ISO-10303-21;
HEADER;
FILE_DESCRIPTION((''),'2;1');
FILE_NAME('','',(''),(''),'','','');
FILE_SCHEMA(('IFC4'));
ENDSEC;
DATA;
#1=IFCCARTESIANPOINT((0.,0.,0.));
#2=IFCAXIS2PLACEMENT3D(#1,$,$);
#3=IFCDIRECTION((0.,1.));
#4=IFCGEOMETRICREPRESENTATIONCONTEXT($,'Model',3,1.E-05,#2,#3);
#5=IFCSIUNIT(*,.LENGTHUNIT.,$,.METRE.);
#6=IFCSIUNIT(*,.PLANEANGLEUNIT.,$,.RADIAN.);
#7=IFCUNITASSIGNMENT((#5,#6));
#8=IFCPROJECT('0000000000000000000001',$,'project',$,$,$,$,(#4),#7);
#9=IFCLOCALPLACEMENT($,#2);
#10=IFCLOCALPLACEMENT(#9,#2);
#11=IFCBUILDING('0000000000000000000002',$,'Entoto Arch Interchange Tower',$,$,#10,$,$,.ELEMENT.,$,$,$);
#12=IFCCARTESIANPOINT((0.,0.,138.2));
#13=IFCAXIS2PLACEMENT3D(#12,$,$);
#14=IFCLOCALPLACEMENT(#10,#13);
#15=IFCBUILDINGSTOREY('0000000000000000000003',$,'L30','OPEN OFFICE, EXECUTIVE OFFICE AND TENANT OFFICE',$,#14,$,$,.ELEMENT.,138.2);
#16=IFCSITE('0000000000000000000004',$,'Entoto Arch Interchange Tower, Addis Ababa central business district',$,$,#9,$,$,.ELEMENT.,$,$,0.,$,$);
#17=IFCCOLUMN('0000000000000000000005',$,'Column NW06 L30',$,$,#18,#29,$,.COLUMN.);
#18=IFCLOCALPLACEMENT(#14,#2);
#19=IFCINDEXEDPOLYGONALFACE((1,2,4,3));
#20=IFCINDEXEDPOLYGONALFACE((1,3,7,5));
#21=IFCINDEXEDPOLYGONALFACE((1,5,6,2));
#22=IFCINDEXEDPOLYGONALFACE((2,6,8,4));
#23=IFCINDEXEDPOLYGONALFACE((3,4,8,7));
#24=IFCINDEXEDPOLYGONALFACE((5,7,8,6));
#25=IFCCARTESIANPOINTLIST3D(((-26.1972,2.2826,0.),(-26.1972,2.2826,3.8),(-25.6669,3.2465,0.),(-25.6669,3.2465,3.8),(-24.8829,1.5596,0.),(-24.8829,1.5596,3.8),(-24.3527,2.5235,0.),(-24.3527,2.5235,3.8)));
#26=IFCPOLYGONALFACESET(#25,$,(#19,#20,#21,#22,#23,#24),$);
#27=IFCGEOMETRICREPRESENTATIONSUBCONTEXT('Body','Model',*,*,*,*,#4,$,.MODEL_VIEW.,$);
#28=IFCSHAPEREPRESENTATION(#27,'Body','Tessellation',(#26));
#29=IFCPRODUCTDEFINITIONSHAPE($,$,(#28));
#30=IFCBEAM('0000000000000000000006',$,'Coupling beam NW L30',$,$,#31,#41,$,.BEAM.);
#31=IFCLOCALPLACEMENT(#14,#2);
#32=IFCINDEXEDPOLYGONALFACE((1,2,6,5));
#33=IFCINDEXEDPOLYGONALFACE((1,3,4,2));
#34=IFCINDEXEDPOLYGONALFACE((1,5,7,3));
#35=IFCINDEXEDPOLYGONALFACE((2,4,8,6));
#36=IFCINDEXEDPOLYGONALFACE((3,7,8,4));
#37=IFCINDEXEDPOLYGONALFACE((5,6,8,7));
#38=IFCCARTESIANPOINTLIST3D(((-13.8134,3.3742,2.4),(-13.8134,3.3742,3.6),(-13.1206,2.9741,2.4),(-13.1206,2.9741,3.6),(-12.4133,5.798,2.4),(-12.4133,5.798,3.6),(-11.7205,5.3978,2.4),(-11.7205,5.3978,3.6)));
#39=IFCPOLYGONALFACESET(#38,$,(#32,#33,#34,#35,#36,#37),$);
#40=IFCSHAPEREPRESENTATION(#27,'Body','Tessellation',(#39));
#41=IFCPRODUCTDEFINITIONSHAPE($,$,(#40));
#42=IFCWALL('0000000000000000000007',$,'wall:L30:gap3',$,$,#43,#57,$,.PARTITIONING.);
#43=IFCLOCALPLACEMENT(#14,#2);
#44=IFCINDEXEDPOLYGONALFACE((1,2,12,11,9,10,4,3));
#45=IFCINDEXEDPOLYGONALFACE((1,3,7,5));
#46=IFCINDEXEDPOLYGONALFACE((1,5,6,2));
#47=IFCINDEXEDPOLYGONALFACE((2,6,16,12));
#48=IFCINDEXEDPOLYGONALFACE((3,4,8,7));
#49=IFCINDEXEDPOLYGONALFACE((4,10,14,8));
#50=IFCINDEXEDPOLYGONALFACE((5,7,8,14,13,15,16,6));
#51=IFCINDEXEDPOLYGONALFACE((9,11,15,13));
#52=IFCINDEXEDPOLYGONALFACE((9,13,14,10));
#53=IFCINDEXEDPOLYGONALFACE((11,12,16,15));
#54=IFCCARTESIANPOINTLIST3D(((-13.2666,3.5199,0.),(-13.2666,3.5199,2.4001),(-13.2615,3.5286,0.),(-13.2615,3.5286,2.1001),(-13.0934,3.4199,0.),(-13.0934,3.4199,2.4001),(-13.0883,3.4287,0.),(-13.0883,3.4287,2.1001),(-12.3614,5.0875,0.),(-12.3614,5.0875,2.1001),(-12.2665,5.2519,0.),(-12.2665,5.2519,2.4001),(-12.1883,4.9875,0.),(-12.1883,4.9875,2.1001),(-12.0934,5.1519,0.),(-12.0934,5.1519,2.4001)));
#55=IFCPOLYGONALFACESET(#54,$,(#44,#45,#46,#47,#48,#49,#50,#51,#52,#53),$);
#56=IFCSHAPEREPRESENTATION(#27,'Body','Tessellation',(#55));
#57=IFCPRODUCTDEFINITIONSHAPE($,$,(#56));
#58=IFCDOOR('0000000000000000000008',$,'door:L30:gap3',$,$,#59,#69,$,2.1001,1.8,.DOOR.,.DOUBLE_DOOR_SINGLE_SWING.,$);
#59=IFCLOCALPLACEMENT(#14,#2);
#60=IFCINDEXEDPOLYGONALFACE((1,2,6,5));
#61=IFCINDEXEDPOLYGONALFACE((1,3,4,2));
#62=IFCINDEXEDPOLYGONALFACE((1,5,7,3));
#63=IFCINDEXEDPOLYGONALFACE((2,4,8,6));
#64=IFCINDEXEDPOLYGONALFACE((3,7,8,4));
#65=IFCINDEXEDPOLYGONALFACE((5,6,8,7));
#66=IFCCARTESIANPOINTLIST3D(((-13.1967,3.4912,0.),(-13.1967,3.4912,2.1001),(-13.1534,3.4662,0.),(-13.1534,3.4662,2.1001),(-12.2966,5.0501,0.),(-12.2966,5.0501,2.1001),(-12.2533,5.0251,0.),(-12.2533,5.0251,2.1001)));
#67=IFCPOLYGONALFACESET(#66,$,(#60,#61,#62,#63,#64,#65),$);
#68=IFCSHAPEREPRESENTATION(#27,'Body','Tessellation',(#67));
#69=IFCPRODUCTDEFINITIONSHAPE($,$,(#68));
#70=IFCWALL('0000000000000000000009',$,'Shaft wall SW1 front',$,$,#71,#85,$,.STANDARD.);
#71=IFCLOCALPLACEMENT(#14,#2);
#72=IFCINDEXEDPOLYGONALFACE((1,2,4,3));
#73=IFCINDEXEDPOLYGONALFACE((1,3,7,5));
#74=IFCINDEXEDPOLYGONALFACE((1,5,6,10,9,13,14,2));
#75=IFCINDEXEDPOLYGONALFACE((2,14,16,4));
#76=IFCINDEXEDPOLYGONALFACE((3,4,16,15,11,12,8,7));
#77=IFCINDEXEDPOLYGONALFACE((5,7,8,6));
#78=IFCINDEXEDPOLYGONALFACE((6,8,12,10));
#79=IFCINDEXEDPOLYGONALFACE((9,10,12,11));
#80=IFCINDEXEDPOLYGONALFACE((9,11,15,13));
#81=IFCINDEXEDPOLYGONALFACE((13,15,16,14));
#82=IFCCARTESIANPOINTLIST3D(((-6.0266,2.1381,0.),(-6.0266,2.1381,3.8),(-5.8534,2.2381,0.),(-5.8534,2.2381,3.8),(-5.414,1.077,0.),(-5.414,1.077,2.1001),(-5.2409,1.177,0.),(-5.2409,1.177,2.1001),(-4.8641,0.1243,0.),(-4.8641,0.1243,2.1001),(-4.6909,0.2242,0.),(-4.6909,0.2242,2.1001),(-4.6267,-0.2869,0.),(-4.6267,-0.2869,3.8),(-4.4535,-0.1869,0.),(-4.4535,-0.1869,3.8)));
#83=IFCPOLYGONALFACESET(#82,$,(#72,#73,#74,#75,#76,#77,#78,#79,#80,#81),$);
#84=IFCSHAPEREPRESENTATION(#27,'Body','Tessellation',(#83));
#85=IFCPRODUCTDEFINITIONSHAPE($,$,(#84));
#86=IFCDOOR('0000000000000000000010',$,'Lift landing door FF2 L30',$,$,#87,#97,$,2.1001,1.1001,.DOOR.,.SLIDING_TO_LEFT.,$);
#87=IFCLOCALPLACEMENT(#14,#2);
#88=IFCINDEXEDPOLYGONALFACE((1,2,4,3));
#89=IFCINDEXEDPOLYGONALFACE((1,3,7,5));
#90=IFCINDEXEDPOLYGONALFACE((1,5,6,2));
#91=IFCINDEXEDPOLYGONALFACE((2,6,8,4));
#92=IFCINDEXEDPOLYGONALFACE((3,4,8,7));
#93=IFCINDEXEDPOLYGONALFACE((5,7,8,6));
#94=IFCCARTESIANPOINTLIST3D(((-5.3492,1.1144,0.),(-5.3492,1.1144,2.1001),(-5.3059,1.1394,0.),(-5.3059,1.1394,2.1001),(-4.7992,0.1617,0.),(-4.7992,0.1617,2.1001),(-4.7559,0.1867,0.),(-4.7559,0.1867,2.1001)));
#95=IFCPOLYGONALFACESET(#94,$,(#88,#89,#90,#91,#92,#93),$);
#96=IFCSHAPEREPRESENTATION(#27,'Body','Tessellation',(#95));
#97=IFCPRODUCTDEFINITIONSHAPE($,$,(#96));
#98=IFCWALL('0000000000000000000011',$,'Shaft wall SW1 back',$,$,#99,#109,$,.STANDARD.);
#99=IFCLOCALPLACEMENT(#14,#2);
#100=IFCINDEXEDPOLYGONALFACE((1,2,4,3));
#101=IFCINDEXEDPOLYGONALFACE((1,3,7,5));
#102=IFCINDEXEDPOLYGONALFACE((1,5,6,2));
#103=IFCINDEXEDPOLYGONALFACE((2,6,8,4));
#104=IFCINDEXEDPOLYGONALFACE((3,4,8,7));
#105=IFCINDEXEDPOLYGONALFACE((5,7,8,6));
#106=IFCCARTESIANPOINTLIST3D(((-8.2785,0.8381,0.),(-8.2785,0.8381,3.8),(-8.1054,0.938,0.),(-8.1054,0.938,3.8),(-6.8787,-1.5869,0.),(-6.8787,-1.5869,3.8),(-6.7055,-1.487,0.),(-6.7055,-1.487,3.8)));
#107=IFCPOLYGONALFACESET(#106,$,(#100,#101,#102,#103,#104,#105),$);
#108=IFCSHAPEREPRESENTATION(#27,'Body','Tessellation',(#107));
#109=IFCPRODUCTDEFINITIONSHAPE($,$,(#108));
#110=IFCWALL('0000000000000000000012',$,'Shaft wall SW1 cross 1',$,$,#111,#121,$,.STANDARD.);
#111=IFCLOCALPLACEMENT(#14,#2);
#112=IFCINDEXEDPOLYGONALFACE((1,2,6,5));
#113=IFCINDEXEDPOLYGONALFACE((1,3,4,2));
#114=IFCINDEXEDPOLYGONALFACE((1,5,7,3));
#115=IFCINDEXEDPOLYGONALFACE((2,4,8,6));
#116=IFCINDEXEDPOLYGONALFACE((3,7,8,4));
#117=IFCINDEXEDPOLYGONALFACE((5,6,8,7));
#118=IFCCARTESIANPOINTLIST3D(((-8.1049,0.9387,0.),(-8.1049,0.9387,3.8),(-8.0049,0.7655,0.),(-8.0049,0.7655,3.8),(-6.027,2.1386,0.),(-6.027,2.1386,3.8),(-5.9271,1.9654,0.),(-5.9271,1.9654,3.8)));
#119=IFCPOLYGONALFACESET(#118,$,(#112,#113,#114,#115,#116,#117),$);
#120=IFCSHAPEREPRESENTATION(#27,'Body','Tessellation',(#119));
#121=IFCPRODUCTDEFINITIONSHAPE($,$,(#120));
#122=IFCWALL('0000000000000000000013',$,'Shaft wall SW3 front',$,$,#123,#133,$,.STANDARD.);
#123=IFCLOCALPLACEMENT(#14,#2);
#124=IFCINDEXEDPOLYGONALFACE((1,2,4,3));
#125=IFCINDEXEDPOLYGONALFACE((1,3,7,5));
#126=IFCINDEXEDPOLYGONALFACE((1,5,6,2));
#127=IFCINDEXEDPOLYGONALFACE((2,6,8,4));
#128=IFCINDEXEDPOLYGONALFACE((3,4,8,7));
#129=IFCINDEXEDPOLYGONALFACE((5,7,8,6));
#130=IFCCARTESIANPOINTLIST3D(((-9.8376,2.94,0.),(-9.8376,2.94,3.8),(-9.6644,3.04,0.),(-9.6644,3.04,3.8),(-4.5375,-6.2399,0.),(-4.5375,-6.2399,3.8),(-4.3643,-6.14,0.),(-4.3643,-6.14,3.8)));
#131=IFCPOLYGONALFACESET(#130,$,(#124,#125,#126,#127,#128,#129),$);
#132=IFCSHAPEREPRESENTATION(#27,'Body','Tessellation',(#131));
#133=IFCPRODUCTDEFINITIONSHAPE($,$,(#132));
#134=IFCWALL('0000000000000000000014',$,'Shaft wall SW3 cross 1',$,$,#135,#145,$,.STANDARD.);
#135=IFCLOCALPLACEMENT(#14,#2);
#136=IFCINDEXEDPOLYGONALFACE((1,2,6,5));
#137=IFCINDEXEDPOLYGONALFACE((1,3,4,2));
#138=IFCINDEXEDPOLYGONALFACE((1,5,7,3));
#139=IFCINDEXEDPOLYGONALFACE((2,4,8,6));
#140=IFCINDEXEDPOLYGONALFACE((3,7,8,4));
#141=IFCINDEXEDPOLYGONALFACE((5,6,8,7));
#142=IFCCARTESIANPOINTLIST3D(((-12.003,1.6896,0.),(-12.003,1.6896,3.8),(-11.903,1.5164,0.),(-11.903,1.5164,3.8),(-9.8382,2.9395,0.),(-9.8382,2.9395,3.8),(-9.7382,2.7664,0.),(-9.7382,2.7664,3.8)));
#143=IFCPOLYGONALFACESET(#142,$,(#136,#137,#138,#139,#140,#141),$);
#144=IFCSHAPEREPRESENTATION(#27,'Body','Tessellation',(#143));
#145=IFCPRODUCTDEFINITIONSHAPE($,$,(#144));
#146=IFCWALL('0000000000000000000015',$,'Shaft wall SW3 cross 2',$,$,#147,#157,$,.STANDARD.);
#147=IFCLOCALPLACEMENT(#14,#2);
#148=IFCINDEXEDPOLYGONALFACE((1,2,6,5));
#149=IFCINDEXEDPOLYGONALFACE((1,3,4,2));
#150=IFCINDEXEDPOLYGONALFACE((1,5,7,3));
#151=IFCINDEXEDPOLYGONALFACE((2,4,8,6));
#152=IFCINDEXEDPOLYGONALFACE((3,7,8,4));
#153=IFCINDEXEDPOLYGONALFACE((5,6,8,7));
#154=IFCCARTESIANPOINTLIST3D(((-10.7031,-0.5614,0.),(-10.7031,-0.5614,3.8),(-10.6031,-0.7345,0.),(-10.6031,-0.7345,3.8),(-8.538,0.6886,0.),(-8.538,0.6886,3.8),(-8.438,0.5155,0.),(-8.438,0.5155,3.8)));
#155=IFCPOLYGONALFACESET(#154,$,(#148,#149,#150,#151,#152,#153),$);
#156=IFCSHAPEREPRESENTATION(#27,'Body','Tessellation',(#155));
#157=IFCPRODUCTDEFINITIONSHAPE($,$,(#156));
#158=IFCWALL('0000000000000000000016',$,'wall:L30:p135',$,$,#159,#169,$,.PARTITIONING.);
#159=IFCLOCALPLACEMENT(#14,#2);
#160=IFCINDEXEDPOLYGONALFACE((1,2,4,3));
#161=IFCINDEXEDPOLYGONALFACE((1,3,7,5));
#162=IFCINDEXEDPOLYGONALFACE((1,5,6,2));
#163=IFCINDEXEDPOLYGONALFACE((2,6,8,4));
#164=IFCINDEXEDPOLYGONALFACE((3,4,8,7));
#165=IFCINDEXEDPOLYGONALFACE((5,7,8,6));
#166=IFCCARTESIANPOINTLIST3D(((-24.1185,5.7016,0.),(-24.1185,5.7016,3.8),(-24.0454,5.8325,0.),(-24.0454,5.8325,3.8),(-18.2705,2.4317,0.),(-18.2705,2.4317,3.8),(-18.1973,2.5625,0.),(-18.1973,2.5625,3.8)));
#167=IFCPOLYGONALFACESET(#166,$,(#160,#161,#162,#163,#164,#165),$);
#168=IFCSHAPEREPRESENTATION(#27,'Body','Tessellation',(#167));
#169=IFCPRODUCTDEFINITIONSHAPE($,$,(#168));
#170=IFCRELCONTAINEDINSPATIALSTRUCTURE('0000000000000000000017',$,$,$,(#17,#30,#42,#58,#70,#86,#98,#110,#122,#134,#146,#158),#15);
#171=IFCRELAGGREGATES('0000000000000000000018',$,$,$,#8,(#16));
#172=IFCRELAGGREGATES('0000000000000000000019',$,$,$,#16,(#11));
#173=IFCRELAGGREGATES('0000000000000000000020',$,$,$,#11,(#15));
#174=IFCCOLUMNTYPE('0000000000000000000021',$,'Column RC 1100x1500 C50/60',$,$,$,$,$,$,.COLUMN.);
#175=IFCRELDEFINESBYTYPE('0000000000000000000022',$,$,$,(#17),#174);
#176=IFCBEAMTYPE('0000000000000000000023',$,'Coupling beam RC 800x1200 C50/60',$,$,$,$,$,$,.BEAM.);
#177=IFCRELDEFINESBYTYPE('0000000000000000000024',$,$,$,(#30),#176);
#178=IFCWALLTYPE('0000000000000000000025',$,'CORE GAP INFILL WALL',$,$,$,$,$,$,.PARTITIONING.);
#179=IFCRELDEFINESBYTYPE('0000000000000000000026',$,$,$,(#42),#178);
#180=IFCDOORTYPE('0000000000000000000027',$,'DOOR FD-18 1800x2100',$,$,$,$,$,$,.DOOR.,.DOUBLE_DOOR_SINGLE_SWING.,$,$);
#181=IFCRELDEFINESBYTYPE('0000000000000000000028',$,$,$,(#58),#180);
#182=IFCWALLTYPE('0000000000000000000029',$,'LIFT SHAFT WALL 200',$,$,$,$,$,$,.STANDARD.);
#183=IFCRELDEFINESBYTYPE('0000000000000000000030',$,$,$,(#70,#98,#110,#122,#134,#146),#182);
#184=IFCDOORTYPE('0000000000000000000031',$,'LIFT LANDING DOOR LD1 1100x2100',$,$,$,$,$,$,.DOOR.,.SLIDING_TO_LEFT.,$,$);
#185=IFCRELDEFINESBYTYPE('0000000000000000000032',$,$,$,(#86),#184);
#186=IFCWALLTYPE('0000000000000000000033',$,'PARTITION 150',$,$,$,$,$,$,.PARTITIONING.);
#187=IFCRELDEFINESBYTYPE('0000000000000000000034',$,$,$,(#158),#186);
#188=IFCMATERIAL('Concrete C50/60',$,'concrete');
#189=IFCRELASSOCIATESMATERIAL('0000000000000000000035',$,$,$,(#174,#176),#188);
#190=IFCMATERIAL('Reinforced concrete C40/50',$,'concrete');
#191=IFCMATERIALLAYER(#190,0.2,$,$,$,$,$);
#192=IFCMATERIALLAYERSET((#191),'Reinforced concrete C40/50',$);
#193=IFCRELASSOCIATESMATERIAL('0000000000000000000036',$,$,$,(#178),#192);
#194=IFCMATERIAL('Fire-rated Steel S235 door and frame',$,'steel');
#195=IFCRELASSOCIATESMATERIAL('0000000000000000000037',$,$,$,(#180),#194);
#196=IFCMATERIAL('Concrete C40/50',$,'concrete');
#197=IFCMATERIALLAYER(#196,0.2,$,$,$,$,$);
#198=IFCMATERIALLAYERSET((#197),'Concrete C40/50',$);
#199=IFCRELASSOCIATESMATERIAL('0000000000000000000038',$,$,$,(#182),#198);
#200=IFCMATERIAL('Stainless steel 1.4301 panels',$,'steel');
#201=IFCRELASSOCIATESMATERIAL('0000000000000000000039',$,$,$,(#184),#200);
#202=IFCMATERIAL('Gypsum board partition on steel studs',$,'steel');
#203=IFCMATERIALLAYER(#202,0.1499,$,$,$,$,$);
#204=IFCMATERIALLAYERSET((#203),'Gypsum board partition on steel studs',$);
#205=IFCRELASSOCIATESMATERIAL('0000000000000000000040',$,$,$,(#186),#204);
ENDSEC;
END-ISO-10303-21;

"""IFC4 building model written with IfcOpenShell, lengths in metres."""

from ifc_helpers import new_model, si_unit, direction, frame, frame_2d, origin, origin_2d, place, context, subcontext, project, spatial, rectangle, extrude, material, layer, layer_set, material_profile, profile_set, type_object, element, fill, save


model = new_model("IFC4")

# Units and contexts
model_context = context("Model", 3, precision=1e-05, world=origin(), true_north=direction((0.0, 1.0)))
body_context = subcontext(model_context, "Body", "Model", "MODEL_VIEW")
ifc_project = project(units=[si_unit("LENGTHUNIT", "METRE"), si_unit("PLANEANGLEUNIT", "RADIAN")], contexts=[model_context])

# Site, building, storey
site_placement = place(None, origin())
site = spatial("IfcSite", under=ifc_project, at=site_placement, Name="Entoto Arch Interchange Tower, Addis Ababa central business district", CompositionType="ELEMENT", RefElevation=0.0)
building_placement = place(site_placement, origin())
building = spatial("IfcBuilding", under=site, at=building_placement, Name="Entoto Arch Interchange Tower", CompositionType="ELEMENT")
storey_placement = place(building_placement, frame((0.0, 0.0, 138.2)))
storey = spatial("IfcBuildingStorey", under=building, at=storey_placement, Name="L30", Description="OPEN OFFICE, EXECUTIVE OFFICE AND TENANT OFFICE", CompositionType="ELEMENT", Elevation=138.2)

# Column
ifc_material_1 = material(Name="Concrete C50/60", Category="concrete")
ifc_material_profile_1 = material_profile(ifc_material_1, rectangle(XDim=1.1001, YDim=1.5, at=origin_2d()))
ifc_profile_set_1 = profile_set([ifc_material_profile_1], Name="Concrete C50/60")
column_type = type_object("IfcColumnType", Name="Column RC 1100x1500 C50/60", PredefinedType="COLUMN", material=ifc_profile_set_1)
column_placement = place(storey_placement, frame((-25.2749, 2.4031, 0.0), z_axis=(0.0, 0.0, 1.0), x_axis=(0.481983, 0.876181, 0.0)))
element("IfcColumn", 1, at=column_placement, inside=storey, type_object=column_type, Name="Column NW06 L30", PredefinedType="COLUMN", context=body_context, shape_type="SweptSolid", body=[
    extrude(rectangle(XDim=1.1001, YDim=1.5, at=origin_2d()), origin(), (0.0, 0.0, 1.0), 3.8),
])

# Beam
ifc_material_profile_2 = material_profile(ifc_material_1, rectangle(XDim=0.8, YDim=1.2, at=origin_2d()))
ifc_profile_set_2 = profile_set([ifc_material_profile_2], Name="Concrete C50/60")
beam_type = type_object("IfcBeamType", Name="Coupling beam RC 800x1200 C50/60", PredefinedType="BEAM", material=ifc_profile_set_2)
beam_placement = place(storey_placement, frame((-12.0669, 5.5979, 3.0), z_axis=(-0.500201, -0.86591, 0.0), x_axis=(0.86591, -0.500201, 0.0)))
element("IfcBeam", 2, at=beam_placement, inside=storey, type_object=beam_type, Name="Coupling beam NW L30", PredefinedType="BEAM", context=body_context, shape_type="SweptSolid", body=[
    extrude(rectangle(XDim=0.8, YDim=1.2, at=origin_2d()), origin(), (0.0, 0.0, 1.0), 2.7991),
])

# Walls, openings, doors
ifc_material_2 = material(Name="Reinforced concrete C40/50", Category="concrete")
ifc_layer_1 = layer(ifc_material_2, 0.2)
ifc_layer_set_1 = layer_set([ifc_layer_1], Name="Reinforced concrete C40/50")
wall_type_1 = type_object("IfcWallType", Name="CORE GAP INFILL WALL", PredefinedType="PARTITIONING", material=ifc_layer_set_1)
wall_1_placement = place(storey_placement, frame((-12.1799, 5.2019, 0.0), z_axis=(0.0, 0.0, 1.0), x_axis=(-0.500025, -0.866011, 0.0)))
wall_1 = element("IfcWall", 3, at=wall_1_placement, inside=storey, type_object=wall_type_1, Name="wall:L30:gap3", PredefinedType="PARTITIONING", context=body_context, shape_type="SweptSolid", body=[
    extrude(rectangle(XDim=2.0, YDim=0.2, at=frame_2d((1.0, 0.0))), origin(), (0.0, 0.0, 1.0), 2.4001),
])
opening_1_placement = place(wall_1_placement, frame((0.1899, 0.0, 0.0)))
opening_1 = element("IfcOpeningElement", 4, at=opening_1_placement, cuts=wall_1, PredefinedType="OPENING", context=body_context, shape_type="SweptSolid", body=[
    extrude(rectangle(XDim=1.8, YDim=2.1001, at=frame_2d((0.8999, 1.05))), frame((0.0, 0.1099, 0.0), z_axis=(0.0, -1.0, 0.0), x_axis=(1.0, 0.0, 0.0)), (0.0, 0.0, 1.0), 0.22),
])
ifc_material_3 = material(Name="Fire-rated Steel S235 door and frame", Category="steel")
door_type_1 = type_object("IfcDoorType", Name="DOOR FD-18 1800x2100", OperationType="DOUBLE_DOOR_SINGLE_SWING", PredefinedType="DOOR", material=ifc_material_3)
door_1_placement = place(opening_1_placement, origin())
door_1 = element("IfcDoor", 5, at=door_1_placement, inside=storey, type_object=door_type_1, Name="door:L30:gap3", OperationType="DOUBLE_DOOR_SINGLE_SWING", OverallHeight=2.1001, OverallWidth=1.8, PredefinedType="DOOR", context=body_context, shape_type="SweptSolid", body=[
    extrude(rectangle(XDim=1.8, YDim=2.1001, at=frame_2d((0.8999, 1.05))), frame((0.0, 0.0249, 0.0), z_axis=(0.0, -1.0, 0.0), x_axis=(1.0, 0.0, 0.0)), (0.0, 0.0, 1.0), 0.05),
])
fill(opening_1, door_1)
ifc_material_4 = material(Name="Concrete C40/50", Category="concrete")
ifc_layer_2 = layer(ifc_material_4, 0.2)
ifc_layer_set_2 = layer_set([ifc_layer_2], Name="Concrete C40/50")
wall_type_2 = type_object("IfcWallType", Name="LIFT SHAFT WALL 200", PredefinedType="STANDARD", material=ifc_layer_set_2)
wall_2_placement = place(storey_placement, frame((-5.9399, 2.188, 0.0), z_axis=(0.0, 0.0, 1.0), x_axis=(0.499946, -0.866056, 0.0)))
wall_2 = element("IfcWall", 6, at=wall_2_placement, inside=storey, type_object=wall_type_2, Name="Shaft wall SW1 front", PredefinedType="STANDARD", context=body_context, shape_type="SweptSolid", body=[
    extrude(rectangle(XDim=2.8, YDim=0.2, at=frame_2d((1.3999, 0.0))), origin(), (0.0, 0.0, 1.0), 3.8),
])
opening_2_placement = place(wall_2_placement, frame((1.2251, 0.0, 0.0)))
opening_2 = element("IfcOpeningElement", 7, at=opening_2_placement, cuts=wall_2, PredefinedType="OPENING", context=body_context, shape_type="SweptSolid", body=[
    extrude(rectangle(XDim=1.1001, YDim=2.1001, at=frame_2d((0.55, 1.05))), frame((0.0, 0.1099, 0.0), z_axis=(0.0, -1.0, 0.0), x_axis=(1.0, 0.0, 0.0)), (0.0, 0.0, 1.0), 0.22),
])
ifc_material_5 = material(Name="Stainless steel 1.4301 panels", Category="steel")
door_type_2 = type_object("IfcDoorType", Name="LIFT LANDING DOOR LD1 1100x2100", OperationType="SLIDING_TO_LEFT", PredefinedType="DOOR", material=ifc_material_5)
door_2_placement = place(opening_2_placement, origin())
door_2 = element("IfcDoor", 8, at=door_2_placement, inside=storey, type_object=door_type_2, Name="Lift landing door FF2 L30", OperationType="SLIDING_TO_LEFT", OverallHeight=2.1001, OverallWidth=1.1001, PredefinedType="DOOR", context=body_context, shape_type="SweptSolid", body=[
    extrude(rectangle(XDim=1.1001, YDim=2.1001, at=frame_2d((0.55, 1.05))), frame((0.0, 0.0249, 0.0), z_axis=(0.0, -1.0, 0.0), x_axis=(1.0, 0.0, 0.0)), (0.0, 0.0, 1.0), 0.05),
])
fill(opening_2, door_2)

# Walls
wall_3_placement = place(storey_placement, frame((-8.1919, 0.8879, 0.0), z_axis=(0.0, 0.0, 1.0), x_axis=(0.499946, -0.866056, 0.0)))
element("IfcWall", 9, at=wall_3_placement, inside=storey, type_object=wall_type_2, Name="Shaft wall SW1 back", PredefinedType="STANDARD", context=body_context, shape_type="SweptSolid", body=[
    extrude(rectangle(XDim=2.8, YDim=0.2, at=frame_2d((1.3999, 0.0))), origin(), (0.0, 0.0, 1.0), 3.8),
])
wall_4_placement = place(storey_placement, frame((-5.9771, 2.052, 0.0), z_axis=(0.0, 0.0, 1.0), x_axis=(-0.865974, -0.500089, 0.0)))
element("IfcWall", 10, at=wall_4_placement, inside=storey, type_object=wall_type_2, Name="Shaft wall SW1 cross 1", PredefinedType="STANDARD", context=body_context, shape_type="SweptSolid", body=[
    extrude(rectangle(XDim=2.3994, YDim=0.2, at=frame_2d((1.1997, 0.0))), origin(), (0.0, 0.0, 1.0), 3.8),
])
wall_5_placement = place(storey_placement, frame((-9.751, 2.99, 0.0), z_axis=(0.0, 0.0, 1.0), x_axis=(0.500001, -0.866025, 0.0)))
element("IfcWall", 11, at=wall_5_placement, inside=storey, type_object=wall_type_2, Name="Shaft wall SW3 front", PredefinedType="STANDARD", context=body_context, shape_type="SweptSolid", body=[
    extrude(rectangle(XDim=10.6001, YDim=0.2, at=frame_2d((5.3, 0.0))), origin(), (0.0, 0.0, 1.0), 3.8),
])
wall_6_placement = place(storey_placement, frame((-9.7881, 2.853, 0.0), z_axis=(0.0, 0.0, 1.0), x_axis=(-0.865999, -0.500047, 0.0)))
element("IfcWall", 12, at=wall_6_placement, inside=storey, type_object=wall_type_2, Name="Shaft wall SW3 cross 1", PredefinedType="STANDARD", context=body_context, shape_type="SweptSolid", body=[
    extrude(rectangle(XDim=2.4998, YDim=0.2, at=frame_2d((1.25, 0.0))), origin(), (0.0, 0.0, 1.0), 3.8),
])
wall_7_placement = place(storey_placement, frame((-8.488, 0.6021, 0.0), z_axis=(0.0, 0.0, 1.0), x_axis=(-0.866023, -0.500004, 0.0)))
element("IfcWall", 13, at=wall_7_placement, inside=storey, type_object=wall_type_2, Name="Shaft wall SW3 cross 2", PredefinedType="STANDARD", context=body_context, shape_type="SweptSolid", body=[
    extrude(rectangle(XDim=2.5, YDim=0.2, at=frame_2d((1.25, 0.0))), origin(), (0.0, 0.0, 1.0), 3.8),
])
ifc_material_6 = material(Name="Gypsum board partition on steel studs", Category="steel")
ifc_layer_3 = layer(ifc_material_6, 0.1499)
ifc_layer_set_3 = layer_set([ifc_layer_3], Name="Gypsum board partition on steel studs")
wall_type_3 = type_object("IfcWallType", Name="PARTITION 150", PredefinedType="PARTITIONING", material=ifc_layer_set_3)
wall_8_placement = place(storey_placement, frame((-18.2339, 2.4971, 0.0), z_axis=(0.0, 0.0, 1.0), x_axis=(-0.87282, 0.488042, 0.0)))
element("IfcWall", 14, at=wall_8_placement, inside=storey, type_object=wall_type_3, Name="wall:L30:p135", PredefinedType="PARTITIONING", context=body_context, shape_type="SweptSolid", body=[
    extrude(rectangle(XDim=6.7002, YDim=0.1499, at=frame_2d((3.3501, 0.0))), origin(), (0.0, 0.0, 1.0), 3.8),
])

save(model, "model.ifc")
